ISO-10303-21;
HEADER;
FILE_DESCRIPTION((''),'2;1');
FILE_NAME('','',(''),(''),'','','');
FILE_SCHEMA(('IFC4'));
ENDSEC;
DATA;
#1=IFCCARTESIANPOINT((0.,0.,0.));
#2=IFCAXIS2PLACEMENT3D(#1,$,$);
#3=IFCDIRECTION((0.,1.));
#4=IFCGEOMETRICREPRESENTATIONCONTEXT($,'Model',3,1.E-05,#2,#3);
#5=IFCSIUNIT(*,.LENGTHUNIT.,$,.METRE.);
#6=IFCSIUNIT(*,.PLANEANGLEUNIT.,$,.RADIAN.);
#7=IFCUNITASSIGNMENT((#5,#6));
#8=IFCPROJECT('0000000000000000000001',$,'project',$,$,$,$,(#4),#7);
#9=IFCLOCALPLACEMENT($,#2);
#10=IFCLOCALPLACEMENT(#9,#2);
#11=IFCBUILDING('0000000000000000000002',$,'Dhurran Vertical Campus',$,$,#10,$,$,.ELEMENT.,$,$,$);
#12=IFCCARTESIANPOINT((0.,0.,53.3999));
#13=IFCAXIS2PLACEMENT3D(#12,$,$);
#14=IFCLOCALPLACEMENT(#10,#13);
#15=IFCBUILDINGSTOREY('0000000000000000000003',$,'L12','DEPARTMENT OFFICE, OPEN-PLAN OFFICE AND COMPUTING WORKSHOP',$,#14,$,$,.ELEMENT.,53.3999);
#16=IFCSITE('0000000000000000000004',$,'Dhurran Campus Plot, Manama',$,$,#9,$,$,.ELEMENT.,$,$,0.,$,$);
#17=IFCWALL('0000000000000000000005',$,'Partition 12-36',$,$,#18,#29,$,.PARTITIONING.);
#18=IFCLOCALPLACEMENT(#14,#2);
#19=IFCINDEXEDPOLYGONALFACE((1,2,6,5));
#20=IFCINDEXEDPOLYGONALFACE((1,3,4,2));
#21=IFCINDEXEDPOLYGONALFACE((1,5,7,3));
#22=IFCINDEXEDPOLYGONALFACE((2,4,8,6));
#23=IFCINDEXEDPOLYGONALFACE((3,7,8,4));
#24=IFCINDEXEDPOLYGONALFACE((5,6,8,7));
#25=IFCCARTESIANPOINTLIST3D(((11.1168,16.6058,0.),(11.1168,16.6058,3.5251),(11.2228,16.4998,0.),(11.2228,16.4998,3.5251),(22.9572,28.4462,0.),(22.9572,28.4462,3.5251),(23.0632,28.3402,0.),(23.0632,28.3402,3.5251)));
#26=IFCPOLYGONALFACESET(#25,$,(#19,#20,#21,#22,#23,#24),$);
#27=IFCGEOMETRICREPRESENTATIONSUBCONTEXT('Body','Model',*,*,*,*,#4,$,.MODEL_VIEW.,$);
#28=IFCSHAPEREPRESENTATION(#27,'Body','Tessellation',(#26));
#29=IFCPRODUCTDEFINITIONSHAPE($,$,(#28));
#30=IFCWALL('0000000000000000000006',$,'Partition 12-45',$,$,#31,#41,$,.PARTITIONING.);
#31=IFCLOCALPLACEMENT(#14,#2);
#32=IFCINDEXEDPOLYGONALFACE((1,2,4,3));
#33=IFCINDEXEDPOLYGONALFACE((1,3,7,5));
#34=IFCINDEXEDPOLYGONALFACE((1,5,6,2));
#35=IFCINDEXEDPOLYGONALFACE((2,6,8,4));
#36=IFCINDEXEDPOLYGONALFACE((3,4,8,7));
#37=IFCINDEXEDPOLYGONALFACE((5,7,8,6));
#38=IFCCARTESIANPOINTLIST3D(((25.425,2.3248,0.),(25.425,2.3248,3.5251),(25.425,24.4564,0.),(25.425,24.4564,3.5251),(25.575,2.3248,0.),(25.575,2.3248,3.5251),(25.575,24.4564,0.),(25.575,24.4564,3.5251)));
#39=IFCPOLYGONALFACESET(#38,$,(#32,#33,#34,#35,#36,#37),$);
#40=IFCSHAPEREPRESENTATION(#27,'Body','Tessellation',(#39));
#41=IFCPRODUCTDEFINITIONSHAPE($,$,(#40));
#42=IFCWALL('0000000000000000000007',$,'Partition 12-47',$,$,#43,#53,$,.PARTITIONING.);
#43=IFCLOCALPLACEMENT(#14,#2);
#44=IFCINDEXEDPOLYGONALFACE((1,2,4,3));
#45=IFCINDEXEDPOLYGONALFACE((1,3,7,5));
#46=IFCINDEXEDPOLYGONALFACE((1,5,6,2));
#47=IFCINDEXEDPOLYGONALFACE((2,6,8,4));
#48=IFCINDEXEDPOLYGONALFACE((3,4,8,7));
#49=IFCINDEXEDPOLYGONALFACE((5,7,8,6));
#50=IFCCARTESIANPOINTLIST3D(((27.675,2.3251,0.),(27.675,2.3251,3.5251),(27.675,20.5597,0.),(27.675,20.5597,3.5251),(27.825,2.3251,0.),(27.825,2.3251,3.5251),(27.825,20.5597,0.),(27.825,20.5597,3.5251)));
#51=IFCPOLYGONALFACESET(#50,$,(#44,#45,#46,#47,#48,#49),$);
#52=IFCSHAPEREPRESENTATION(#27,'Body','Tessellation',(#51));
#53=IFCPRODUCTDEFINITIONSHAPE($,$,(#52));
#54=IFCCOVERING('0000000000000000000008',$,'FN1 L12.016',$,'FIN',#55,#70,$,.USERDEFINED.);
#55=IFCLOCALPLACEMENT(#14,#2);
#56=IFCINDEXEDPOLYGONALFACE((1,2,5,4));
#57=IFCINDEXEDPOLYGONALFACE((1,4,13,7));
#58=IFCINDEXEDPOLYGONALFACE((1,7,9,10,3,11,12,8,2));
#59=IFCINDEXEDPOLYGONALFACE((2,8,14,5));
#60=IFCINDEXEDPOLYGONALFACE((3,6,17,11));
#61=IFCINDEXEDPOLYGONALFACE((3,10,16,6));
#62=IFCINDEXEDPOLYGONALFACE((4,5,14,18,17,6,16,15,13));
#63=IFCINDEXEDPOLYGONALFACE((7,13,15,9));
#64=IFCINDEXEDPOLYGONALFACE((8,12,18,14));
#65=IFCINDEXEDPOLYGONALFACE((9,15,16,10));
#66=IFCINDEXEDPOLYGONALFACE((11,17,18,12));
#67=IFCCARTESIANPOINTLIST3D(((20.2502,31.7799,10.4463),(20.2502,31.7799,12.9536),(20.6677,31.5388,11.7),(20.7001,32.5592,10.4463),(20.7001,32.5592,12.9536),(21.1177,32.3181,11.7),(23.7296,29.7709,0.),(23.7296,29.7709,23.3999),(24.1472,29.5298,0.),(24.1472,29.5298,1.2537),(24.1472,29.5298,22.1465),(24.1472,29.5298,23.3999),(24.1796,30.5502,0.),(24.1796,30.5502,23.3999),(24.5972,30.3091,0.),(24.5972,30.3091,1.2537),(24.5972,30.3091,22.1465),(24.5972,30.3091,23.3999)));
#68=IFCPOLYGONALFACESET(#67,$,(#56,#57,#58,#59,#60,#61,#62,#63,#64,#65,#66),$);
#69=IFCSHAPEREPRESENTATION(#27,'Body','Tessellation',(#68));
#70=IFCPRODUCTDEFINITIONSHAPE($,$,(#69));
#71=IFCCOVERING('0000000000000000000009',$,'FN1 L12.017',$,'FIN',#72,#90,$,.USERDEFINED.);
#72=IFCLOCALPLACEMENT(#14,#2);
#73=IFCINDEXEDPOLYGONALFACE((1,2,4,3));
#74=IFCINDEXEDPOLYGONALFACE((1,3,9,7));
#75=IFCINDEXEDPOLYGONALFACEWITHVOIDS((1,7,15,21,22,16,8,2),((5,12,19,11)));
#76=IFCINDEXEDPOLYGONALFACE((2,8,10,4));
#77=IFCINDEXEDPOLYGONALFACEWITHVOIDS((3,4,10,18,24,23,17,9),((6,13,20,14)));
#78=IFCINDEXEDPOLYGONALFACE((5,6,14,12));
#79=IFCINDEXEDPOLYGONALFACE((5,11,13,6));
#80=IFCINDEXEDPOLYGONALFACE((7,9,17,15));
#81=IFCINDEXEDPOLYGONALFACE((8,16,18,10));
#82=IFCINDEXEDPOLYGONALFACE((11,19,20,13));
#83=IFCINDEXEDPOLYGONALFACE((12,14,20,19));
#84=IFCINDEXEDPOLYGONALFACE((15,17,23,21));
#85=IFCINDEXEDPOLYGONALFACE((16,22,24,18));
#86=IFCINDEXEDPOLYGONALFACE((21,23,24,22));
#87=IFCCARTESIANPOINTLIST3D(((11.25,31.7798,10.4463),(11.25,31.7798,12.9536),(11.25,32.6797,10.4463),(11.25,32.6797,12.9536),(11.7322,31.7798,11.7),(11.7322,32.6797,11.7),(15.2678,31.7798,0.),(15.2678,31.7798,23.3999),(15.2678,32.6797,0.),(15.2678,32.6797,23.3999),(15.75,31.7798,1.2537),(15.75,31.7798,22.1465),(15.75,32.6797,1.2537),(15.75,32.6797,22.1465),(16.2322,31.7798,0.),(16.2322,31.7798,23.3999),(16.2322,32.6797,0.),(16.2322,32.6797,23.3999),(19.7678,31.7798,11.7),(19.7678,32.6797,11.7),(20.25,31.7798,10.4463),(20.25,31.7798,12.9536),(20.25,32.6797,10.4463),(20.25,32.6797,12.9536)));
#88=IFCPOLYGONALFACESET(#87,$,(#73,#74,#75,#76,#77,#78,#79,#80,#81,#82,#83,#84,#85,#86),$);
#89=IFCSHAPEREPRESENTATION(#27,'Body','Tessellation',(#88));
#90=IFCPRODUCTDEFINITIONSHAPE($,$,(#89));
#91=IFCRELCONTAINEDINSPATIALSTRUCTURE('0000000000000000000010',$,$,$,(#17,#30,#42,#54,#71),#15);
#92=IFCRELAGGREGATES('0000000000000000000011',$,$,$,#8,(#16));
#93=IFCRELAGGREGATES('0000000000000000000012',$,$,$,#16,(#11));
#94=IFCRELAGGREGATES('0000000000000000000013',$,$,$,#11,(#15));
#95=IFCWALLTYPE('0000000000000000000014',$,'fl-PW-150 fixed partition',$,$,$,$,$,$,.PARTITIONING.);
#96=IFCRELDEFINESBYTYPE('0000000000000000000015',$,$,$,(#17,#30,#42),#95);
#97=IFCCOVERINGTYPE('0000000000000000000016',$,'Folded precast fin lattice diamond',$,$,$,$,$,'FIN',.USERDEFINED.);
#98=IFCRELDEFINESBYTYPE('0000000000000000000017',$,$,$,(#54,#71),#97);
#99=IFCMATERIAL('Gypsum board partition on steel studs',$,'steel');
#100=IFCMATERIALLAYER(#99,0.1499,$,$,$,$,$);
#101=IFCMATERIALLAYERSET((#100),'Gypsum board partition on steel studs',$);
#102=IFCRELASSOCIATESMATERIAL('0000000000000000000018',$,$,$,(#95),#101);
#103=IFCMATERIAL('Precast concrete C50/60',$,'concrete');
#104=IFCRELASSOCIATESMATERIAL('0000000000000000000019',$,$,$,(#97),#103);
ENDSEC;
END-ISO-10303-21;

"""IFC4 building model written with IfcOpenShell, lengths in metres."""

from ifc_helpers import new_model, si_unit, direction, frame, frame_2d, origin, place, context, subcontext, project, spatial, polyline, rectangle, outline, extrude, material, layer, layer_set, type_object, element, save


model = new_model("IFC4")

# Units and contexts
model_context = context("Model", 3, precision=1e-05, world=origin(), true_north=direction((0.0, 1.0)))
body_context = subcontext(model_context, "Body", "Model", "MODEL_VIEW")
ifc_project = project(units=[si_unit("LENGTHUNIT", "METRE"), si_unit("PLANEANGLEUNIT", "RADIAN")], contexts=[model_context])

# Site, building, storey
site_placement = place(None, origin())
site = spatial("IfcSite", under=ifc_project, at=site_placement, Name="Dhurran Campus Plot, Manama", CompositionType="ELEMENT", RefElevation=0.0)
building_placement = place(site_placement, origin())
building = spatial("IfcBuilding", under=site, at=building_placement, Name="Dhurran Vertical Campus", CompositionType="ELEMENT")
storey_placement = place(building_placement, frame((0.0, 0.0, 53.3999)))
storey = spatial("IfcBuildingStorey", under=building, at=storey_placement, Name="L12", Description="DEPARTMENT OFFICE, OPEN-PLAN OFFICE AND COMPUTING WORKSHOP", CompositionType="ELEMENT", Elevation=53.3999)

# Walls
ifc_material_1 = material(Name="Gypsum board partition on steel studs", Category="steel")
ifc_layer_1 = layer(ifc_material_1, 0.1499)
ifc_layer_set_1 = layer_set([ifc_layer_1], Name="Gypsum board partition on steel studs")
wall_type_1 = type_object("IfcWallType", Name="fl-PW-150 fixed partition", PredefinedType="PARTITIONING", material=ifc_layer_set_1)
wall_1_placement = place(storey_placement, frame((23.0103, 28.3933, 0.0), z_axis=(0.0, 0.0, 1.0), x_axis=(-0.707107, -0.707107, 0.0)))
element("IfcWall", 1, at=wall_1_placement, inside=storey, type_object=wall_type_1, Name="Partition 12-36", PredefinedType="PARTITIONING", context=body_context, shape_type="SweptSolid", body=[
    extrude(rectangle(XDim=16.7449, YDim=0.1499, at=frame_2d((8.3726, 0.0))), origin(), (0.0, 0.0, 1.0), 3.5251),
])
wall_2_placement = place(storey_placement, frame((25.5, 24.4565, 0.0), z_axis=(0.0, 0.0, 1.0), x_axis=(0.0, -1.0, 0.0)))
element("IfcWall", 2, at=wall_2_placement, inside=storey, type_object=wall_type_1, Name="Partition 12-45", PredefinedType="PARTITIONING", context=body_context, shape_type="SweptSolid", body=[
    extrude(rectangle(XDim=22.1316, YDim=0.1499, at=frame_2d((11.0659, 0.0))), origin(), (0.0, 0.0, 1.0), 3.5251),
])
wall_3_placement = place(storey_placement, frame((27.75, 20.5596, 0.0), z_axis=(0.0, 0.0, 1.0), x_axis=(0.0, -1.0, 0.0)))
element("IfcWall", 3, at=wall_3_placement, inside=storey, type_object=wall_type_1, Name="Partition 12-47", PredefinedType="PARTITIONING", context=body_context, shape_type="SweptSolid", body=[
    extrude(rectangle(XDim=18.2346, YDim=0.1499, at=frame_2d((9.1172, 0.0))), origin(), (0.0, 0.0, 1.0), 3.5251),
])

# Coverings
ifc_material_2 = material(Name="Precast concrete C50/60", Category="concrete")
covering_type = type_object("IfcCoveringType", Name="Folded precast fin lattice diamond", ElementType="FIN", PredefinedType="USERDEFINED", material=ifc_material_2)
covering_1_placement = place(storey_placement, frame((24.1472, 29.5298, 0.0), z_axis=(0.50002, 0.866014, 0.0), x_axis=(-0.866014, 0.50002, 0.0)))
element("IfcCovering", 4, at=covering_1_placement, inside=storey, type_object=covering_type, Name="FN1 L12.016", ObjectType="FIN", PredefinedType="USERDEFINED", context=body_context, shape_type="SweptSolid", body=[
    extrude(outline(polyline([(4.5, 10.4463), (0.4822, 0.0), (0.0, 0.0), (0.0, 1.2537), (4.0178, 11.7), (0.0, 22.1465), (0.0, 23.3999), (0.4822, 23.3999), (4.5, 12.9536), (4.5, 10.4463)])), origin(), (0.0, 0.0, 1.0), 0.8999),
])
covering_2_placement = place(storey_placement, frame((20.25, 31.7798, 0.0), z_axis=(0.0, 1.0, 0.0), x_axis=(-1.0, 0.0, 0.0)))
element("IfcCovering", 5, at=covering_2_placement, inside=storey, type_object=covering_type, Name="FN1 L12.017", ObjectType="FIN", PredefinedType="USERDEFINED", context=body_context, shape_type="SweptSolid", body=[
    extrude(outline(polyline([(9.0, 12.9536), (9.0, 10.4463), (4.9822, 0.0), (4.0178, 0.0), (0.0, 10.4463), (0.0, 12.9536), (4.0178, 23.3999), (4.9822, 23.3999), (9.0, 12.9536)]), holes=[polyline([(8.5178, 11.7), (4.5, 22.1465), (0.4822, 11.7), (4.5, 1.2537), (8.5178, 11.7)])]), origin(), (0.0, 0.0, 1.0), 0.8999),
])

save(model, "model.ifc")
